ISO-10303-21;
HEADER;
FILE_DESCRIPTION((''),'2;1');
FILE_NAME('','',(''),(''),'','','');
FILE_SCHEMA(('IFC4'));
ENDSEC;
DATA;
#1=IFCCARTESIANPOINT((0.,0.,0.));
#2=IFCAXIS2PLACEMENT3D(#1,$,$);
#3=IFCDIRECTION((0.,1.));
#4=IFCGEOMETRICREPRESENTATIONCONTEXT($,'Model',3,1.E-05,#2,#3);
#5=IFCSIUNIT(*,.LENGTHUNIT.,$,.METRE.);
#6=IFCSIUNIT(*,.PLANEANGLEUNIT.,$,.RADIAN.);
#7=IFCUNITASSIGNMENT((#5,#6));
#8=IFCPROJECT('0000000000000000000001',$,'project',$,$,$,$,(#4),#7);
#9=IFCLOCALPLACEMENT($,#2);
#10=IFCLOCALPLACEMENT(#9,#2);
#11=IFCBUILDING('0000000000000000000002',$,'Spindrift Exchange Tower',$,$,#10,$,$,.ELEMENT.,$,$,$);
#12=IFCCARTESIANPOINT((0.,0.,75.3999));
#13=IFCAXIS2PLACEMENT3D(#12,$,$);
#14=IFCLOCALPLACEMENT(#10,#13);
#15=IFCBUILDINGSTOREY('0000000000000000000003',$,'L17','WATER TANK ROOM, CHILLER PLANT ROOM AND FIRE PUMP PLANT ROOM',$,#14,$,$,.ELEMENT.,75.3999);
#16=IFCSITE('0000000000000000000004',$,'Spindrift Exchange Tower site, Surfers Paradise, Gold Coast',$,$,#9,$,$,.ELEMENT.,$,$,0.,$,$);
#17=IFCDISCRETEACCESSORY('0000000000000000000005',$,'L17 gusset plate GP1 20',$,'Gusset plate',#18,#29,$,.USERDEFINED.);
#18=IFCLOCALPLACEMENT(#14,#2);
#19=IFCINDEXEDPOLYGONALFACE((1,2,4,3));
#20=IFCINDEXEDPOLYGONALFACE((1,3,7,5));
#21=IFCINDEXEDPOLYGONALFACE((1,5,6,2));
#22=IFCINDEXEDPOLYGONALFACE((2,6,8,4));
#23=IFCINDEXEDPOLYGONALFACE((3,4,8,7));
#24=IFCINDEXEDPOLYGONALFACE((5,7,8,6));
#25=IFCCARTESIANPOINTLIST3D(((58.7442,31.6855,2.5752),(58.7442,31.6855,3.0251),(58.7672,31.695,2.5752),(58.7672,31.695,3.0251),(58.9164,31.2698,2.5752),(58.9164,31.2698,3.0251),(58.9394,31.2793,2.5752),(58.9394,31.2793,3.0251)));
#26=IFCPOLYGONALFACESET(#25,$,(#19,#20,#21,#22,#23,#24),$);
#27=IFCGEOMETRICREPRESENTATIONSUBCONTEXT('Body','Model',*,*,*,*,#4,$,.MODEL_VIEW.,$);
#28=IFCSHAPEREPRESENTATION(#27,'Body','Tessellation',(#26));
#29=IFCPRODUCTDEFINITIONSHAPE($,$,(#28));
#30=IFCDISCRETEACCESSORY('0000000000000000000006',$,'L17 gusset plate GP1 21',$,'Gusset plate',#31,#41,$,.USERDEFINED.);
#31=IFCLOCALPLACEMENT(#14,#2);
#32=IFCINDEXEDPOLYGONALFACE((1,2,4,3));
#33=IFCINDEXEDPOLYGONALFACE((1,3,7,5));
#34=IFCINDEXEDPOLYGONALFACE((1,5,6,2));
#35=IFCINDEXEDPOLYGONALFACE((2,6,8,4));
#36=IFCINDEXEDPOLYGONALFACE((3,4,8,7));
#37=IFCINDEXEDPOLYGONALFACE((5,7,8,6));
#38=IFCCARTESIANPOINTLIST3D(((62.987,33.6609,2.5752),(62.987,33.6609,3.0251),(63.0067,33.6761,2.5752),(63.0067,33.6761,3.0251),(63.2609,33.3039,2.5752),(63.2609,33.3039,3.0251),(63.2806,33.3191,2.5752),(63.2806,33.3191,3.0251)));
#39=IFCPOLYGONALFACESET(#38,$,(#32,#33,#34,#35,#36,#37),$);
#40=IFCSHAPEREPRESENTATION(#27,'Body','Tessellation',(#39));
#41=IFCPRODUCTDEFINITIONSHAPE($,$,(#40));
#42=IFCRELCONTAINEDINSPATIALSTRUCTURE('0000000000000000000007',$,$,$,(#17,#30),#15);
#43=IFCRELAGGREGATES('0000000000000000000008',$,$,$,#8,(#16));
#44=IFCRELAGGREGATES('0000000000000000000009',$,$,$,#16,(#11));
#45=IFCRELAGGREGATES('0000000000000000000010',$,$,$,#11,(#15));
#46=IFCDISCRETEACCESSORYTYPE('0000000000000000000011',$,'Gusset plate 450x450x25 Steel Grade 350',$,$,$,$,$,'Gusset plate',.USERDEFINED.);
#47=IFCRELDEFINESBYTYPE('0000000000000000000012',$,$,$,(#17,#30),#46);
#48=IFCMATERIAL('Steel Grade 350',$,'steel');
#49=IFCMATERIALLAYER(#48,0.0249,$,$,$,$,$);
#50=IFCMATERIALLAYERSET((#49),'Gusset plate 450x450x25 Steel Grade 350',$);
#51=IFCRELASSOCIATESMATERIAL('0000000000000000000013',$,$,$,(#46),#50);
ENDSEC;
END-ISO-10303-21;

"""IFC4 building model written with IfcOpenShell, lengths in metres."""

from ifc_helpers import new_model, si_unit, direction, frame, origin, origin_2d, place, context, subcontext, project, spatial, rectangle, extrude, source, transform, mapped, material, layer, layer_set, type_object, element, save


model = new_model("IFC4")

# Units and contexts
model_context = context("Model", 3, precision=1e-05, world=origin(), true_north=direction((0.0, 1.0)))
body_context = subcontext(model_context, "Body", "Model", "MODEL_VIEW")
ifc_project = project(units=[si_unit("LENGTHUNIT", "METRE"), si_unit("PLANEANGLEUNIT", "RADIAN")], contexts=[model_context])

# Site, building, storey
site_placement = place(None, origin())
site = spatial("IfcSite", under=ifc_project, at=site_placement, Name="Spindrift Exchange Tower site, Surfers Paradise, Gold Coast", CompositionType="ELEMENT", RefElevation=0.0)
building_placement = place(site_placement, origin())
building = spatial("IfcBuilding", under=site, at=building_placement, Name="Spindrift Exchange Tower", CompositionType="ELEMENT")
storey_placement = place(building_placement, frame((0.0, 0.0, 75.3999)))
storey = spatial("IfcBuildingStorey", under=building, at=storey_placement, Name="L17", Description="WATER TANK ROOM, CHILLER PLANT ROOM AND FIRE PUMP PLANT ROOM", CompositionType="ELEMENT", Elevation=75.3999)

# Discrete accessories
ifc_material_1 = material(Name="Steel Grade 350", Category="steel")
ifc_layer_1 = layer(ifc_material_1, 0.0249)
ifc_layer_set_1 = layer_set([ifc_layer_1], Name="Gusset plate 450x450x25 Steel Grade 350")
discrete_accessory_type_1 = type_object("IfcDiscreteAccessoryType", Name="Gusset plate 450x450x25 Steel Grade 350", ElementType="Gusset plate", PredefinedType="USERDEFINED", material=ifc_layer_set_1)
shared_shape_1 = source(origin(), body_context, "Body", "SweptSolid", [
    extrude(rectangle(XDim=0.45, YDim=0.0249, at=origin_2d()), origin(), (0.0, 0.0, 1.0), 0.45),
])
for number, where, z_axis, x_axis, name in (
    (1, (58.8418, 31.4824, 2.5752), (0.0, 0.0, 1.0), (0.382682, -0.92388, 0.0), "L17 gusset plate GP1 20"),
    (2, (63.1338, 33.49, 2.5752), (0.0, 0.0, 1.0), (0.608764, -0.793351, 0.0), "L17 gusset plate GP1 21"),
):
    element("IfcDiscreteAccessory", number, at=place(storey_placement, frame(where, z_axis=z_axis, x_axis=x_axis)), inside=storey, type_object=discrete_accessory_type_1, Name=name, ObjectType="Gusset plate", PredefinedType="USERDEFINED", context=body_context, shape_type="MappedRepresentation", body=[
        mapped(shared_shape_1, transform((0.0, 0.0, 0.0), scale=1.0)),
    ])

save(model, "model.ifc")
